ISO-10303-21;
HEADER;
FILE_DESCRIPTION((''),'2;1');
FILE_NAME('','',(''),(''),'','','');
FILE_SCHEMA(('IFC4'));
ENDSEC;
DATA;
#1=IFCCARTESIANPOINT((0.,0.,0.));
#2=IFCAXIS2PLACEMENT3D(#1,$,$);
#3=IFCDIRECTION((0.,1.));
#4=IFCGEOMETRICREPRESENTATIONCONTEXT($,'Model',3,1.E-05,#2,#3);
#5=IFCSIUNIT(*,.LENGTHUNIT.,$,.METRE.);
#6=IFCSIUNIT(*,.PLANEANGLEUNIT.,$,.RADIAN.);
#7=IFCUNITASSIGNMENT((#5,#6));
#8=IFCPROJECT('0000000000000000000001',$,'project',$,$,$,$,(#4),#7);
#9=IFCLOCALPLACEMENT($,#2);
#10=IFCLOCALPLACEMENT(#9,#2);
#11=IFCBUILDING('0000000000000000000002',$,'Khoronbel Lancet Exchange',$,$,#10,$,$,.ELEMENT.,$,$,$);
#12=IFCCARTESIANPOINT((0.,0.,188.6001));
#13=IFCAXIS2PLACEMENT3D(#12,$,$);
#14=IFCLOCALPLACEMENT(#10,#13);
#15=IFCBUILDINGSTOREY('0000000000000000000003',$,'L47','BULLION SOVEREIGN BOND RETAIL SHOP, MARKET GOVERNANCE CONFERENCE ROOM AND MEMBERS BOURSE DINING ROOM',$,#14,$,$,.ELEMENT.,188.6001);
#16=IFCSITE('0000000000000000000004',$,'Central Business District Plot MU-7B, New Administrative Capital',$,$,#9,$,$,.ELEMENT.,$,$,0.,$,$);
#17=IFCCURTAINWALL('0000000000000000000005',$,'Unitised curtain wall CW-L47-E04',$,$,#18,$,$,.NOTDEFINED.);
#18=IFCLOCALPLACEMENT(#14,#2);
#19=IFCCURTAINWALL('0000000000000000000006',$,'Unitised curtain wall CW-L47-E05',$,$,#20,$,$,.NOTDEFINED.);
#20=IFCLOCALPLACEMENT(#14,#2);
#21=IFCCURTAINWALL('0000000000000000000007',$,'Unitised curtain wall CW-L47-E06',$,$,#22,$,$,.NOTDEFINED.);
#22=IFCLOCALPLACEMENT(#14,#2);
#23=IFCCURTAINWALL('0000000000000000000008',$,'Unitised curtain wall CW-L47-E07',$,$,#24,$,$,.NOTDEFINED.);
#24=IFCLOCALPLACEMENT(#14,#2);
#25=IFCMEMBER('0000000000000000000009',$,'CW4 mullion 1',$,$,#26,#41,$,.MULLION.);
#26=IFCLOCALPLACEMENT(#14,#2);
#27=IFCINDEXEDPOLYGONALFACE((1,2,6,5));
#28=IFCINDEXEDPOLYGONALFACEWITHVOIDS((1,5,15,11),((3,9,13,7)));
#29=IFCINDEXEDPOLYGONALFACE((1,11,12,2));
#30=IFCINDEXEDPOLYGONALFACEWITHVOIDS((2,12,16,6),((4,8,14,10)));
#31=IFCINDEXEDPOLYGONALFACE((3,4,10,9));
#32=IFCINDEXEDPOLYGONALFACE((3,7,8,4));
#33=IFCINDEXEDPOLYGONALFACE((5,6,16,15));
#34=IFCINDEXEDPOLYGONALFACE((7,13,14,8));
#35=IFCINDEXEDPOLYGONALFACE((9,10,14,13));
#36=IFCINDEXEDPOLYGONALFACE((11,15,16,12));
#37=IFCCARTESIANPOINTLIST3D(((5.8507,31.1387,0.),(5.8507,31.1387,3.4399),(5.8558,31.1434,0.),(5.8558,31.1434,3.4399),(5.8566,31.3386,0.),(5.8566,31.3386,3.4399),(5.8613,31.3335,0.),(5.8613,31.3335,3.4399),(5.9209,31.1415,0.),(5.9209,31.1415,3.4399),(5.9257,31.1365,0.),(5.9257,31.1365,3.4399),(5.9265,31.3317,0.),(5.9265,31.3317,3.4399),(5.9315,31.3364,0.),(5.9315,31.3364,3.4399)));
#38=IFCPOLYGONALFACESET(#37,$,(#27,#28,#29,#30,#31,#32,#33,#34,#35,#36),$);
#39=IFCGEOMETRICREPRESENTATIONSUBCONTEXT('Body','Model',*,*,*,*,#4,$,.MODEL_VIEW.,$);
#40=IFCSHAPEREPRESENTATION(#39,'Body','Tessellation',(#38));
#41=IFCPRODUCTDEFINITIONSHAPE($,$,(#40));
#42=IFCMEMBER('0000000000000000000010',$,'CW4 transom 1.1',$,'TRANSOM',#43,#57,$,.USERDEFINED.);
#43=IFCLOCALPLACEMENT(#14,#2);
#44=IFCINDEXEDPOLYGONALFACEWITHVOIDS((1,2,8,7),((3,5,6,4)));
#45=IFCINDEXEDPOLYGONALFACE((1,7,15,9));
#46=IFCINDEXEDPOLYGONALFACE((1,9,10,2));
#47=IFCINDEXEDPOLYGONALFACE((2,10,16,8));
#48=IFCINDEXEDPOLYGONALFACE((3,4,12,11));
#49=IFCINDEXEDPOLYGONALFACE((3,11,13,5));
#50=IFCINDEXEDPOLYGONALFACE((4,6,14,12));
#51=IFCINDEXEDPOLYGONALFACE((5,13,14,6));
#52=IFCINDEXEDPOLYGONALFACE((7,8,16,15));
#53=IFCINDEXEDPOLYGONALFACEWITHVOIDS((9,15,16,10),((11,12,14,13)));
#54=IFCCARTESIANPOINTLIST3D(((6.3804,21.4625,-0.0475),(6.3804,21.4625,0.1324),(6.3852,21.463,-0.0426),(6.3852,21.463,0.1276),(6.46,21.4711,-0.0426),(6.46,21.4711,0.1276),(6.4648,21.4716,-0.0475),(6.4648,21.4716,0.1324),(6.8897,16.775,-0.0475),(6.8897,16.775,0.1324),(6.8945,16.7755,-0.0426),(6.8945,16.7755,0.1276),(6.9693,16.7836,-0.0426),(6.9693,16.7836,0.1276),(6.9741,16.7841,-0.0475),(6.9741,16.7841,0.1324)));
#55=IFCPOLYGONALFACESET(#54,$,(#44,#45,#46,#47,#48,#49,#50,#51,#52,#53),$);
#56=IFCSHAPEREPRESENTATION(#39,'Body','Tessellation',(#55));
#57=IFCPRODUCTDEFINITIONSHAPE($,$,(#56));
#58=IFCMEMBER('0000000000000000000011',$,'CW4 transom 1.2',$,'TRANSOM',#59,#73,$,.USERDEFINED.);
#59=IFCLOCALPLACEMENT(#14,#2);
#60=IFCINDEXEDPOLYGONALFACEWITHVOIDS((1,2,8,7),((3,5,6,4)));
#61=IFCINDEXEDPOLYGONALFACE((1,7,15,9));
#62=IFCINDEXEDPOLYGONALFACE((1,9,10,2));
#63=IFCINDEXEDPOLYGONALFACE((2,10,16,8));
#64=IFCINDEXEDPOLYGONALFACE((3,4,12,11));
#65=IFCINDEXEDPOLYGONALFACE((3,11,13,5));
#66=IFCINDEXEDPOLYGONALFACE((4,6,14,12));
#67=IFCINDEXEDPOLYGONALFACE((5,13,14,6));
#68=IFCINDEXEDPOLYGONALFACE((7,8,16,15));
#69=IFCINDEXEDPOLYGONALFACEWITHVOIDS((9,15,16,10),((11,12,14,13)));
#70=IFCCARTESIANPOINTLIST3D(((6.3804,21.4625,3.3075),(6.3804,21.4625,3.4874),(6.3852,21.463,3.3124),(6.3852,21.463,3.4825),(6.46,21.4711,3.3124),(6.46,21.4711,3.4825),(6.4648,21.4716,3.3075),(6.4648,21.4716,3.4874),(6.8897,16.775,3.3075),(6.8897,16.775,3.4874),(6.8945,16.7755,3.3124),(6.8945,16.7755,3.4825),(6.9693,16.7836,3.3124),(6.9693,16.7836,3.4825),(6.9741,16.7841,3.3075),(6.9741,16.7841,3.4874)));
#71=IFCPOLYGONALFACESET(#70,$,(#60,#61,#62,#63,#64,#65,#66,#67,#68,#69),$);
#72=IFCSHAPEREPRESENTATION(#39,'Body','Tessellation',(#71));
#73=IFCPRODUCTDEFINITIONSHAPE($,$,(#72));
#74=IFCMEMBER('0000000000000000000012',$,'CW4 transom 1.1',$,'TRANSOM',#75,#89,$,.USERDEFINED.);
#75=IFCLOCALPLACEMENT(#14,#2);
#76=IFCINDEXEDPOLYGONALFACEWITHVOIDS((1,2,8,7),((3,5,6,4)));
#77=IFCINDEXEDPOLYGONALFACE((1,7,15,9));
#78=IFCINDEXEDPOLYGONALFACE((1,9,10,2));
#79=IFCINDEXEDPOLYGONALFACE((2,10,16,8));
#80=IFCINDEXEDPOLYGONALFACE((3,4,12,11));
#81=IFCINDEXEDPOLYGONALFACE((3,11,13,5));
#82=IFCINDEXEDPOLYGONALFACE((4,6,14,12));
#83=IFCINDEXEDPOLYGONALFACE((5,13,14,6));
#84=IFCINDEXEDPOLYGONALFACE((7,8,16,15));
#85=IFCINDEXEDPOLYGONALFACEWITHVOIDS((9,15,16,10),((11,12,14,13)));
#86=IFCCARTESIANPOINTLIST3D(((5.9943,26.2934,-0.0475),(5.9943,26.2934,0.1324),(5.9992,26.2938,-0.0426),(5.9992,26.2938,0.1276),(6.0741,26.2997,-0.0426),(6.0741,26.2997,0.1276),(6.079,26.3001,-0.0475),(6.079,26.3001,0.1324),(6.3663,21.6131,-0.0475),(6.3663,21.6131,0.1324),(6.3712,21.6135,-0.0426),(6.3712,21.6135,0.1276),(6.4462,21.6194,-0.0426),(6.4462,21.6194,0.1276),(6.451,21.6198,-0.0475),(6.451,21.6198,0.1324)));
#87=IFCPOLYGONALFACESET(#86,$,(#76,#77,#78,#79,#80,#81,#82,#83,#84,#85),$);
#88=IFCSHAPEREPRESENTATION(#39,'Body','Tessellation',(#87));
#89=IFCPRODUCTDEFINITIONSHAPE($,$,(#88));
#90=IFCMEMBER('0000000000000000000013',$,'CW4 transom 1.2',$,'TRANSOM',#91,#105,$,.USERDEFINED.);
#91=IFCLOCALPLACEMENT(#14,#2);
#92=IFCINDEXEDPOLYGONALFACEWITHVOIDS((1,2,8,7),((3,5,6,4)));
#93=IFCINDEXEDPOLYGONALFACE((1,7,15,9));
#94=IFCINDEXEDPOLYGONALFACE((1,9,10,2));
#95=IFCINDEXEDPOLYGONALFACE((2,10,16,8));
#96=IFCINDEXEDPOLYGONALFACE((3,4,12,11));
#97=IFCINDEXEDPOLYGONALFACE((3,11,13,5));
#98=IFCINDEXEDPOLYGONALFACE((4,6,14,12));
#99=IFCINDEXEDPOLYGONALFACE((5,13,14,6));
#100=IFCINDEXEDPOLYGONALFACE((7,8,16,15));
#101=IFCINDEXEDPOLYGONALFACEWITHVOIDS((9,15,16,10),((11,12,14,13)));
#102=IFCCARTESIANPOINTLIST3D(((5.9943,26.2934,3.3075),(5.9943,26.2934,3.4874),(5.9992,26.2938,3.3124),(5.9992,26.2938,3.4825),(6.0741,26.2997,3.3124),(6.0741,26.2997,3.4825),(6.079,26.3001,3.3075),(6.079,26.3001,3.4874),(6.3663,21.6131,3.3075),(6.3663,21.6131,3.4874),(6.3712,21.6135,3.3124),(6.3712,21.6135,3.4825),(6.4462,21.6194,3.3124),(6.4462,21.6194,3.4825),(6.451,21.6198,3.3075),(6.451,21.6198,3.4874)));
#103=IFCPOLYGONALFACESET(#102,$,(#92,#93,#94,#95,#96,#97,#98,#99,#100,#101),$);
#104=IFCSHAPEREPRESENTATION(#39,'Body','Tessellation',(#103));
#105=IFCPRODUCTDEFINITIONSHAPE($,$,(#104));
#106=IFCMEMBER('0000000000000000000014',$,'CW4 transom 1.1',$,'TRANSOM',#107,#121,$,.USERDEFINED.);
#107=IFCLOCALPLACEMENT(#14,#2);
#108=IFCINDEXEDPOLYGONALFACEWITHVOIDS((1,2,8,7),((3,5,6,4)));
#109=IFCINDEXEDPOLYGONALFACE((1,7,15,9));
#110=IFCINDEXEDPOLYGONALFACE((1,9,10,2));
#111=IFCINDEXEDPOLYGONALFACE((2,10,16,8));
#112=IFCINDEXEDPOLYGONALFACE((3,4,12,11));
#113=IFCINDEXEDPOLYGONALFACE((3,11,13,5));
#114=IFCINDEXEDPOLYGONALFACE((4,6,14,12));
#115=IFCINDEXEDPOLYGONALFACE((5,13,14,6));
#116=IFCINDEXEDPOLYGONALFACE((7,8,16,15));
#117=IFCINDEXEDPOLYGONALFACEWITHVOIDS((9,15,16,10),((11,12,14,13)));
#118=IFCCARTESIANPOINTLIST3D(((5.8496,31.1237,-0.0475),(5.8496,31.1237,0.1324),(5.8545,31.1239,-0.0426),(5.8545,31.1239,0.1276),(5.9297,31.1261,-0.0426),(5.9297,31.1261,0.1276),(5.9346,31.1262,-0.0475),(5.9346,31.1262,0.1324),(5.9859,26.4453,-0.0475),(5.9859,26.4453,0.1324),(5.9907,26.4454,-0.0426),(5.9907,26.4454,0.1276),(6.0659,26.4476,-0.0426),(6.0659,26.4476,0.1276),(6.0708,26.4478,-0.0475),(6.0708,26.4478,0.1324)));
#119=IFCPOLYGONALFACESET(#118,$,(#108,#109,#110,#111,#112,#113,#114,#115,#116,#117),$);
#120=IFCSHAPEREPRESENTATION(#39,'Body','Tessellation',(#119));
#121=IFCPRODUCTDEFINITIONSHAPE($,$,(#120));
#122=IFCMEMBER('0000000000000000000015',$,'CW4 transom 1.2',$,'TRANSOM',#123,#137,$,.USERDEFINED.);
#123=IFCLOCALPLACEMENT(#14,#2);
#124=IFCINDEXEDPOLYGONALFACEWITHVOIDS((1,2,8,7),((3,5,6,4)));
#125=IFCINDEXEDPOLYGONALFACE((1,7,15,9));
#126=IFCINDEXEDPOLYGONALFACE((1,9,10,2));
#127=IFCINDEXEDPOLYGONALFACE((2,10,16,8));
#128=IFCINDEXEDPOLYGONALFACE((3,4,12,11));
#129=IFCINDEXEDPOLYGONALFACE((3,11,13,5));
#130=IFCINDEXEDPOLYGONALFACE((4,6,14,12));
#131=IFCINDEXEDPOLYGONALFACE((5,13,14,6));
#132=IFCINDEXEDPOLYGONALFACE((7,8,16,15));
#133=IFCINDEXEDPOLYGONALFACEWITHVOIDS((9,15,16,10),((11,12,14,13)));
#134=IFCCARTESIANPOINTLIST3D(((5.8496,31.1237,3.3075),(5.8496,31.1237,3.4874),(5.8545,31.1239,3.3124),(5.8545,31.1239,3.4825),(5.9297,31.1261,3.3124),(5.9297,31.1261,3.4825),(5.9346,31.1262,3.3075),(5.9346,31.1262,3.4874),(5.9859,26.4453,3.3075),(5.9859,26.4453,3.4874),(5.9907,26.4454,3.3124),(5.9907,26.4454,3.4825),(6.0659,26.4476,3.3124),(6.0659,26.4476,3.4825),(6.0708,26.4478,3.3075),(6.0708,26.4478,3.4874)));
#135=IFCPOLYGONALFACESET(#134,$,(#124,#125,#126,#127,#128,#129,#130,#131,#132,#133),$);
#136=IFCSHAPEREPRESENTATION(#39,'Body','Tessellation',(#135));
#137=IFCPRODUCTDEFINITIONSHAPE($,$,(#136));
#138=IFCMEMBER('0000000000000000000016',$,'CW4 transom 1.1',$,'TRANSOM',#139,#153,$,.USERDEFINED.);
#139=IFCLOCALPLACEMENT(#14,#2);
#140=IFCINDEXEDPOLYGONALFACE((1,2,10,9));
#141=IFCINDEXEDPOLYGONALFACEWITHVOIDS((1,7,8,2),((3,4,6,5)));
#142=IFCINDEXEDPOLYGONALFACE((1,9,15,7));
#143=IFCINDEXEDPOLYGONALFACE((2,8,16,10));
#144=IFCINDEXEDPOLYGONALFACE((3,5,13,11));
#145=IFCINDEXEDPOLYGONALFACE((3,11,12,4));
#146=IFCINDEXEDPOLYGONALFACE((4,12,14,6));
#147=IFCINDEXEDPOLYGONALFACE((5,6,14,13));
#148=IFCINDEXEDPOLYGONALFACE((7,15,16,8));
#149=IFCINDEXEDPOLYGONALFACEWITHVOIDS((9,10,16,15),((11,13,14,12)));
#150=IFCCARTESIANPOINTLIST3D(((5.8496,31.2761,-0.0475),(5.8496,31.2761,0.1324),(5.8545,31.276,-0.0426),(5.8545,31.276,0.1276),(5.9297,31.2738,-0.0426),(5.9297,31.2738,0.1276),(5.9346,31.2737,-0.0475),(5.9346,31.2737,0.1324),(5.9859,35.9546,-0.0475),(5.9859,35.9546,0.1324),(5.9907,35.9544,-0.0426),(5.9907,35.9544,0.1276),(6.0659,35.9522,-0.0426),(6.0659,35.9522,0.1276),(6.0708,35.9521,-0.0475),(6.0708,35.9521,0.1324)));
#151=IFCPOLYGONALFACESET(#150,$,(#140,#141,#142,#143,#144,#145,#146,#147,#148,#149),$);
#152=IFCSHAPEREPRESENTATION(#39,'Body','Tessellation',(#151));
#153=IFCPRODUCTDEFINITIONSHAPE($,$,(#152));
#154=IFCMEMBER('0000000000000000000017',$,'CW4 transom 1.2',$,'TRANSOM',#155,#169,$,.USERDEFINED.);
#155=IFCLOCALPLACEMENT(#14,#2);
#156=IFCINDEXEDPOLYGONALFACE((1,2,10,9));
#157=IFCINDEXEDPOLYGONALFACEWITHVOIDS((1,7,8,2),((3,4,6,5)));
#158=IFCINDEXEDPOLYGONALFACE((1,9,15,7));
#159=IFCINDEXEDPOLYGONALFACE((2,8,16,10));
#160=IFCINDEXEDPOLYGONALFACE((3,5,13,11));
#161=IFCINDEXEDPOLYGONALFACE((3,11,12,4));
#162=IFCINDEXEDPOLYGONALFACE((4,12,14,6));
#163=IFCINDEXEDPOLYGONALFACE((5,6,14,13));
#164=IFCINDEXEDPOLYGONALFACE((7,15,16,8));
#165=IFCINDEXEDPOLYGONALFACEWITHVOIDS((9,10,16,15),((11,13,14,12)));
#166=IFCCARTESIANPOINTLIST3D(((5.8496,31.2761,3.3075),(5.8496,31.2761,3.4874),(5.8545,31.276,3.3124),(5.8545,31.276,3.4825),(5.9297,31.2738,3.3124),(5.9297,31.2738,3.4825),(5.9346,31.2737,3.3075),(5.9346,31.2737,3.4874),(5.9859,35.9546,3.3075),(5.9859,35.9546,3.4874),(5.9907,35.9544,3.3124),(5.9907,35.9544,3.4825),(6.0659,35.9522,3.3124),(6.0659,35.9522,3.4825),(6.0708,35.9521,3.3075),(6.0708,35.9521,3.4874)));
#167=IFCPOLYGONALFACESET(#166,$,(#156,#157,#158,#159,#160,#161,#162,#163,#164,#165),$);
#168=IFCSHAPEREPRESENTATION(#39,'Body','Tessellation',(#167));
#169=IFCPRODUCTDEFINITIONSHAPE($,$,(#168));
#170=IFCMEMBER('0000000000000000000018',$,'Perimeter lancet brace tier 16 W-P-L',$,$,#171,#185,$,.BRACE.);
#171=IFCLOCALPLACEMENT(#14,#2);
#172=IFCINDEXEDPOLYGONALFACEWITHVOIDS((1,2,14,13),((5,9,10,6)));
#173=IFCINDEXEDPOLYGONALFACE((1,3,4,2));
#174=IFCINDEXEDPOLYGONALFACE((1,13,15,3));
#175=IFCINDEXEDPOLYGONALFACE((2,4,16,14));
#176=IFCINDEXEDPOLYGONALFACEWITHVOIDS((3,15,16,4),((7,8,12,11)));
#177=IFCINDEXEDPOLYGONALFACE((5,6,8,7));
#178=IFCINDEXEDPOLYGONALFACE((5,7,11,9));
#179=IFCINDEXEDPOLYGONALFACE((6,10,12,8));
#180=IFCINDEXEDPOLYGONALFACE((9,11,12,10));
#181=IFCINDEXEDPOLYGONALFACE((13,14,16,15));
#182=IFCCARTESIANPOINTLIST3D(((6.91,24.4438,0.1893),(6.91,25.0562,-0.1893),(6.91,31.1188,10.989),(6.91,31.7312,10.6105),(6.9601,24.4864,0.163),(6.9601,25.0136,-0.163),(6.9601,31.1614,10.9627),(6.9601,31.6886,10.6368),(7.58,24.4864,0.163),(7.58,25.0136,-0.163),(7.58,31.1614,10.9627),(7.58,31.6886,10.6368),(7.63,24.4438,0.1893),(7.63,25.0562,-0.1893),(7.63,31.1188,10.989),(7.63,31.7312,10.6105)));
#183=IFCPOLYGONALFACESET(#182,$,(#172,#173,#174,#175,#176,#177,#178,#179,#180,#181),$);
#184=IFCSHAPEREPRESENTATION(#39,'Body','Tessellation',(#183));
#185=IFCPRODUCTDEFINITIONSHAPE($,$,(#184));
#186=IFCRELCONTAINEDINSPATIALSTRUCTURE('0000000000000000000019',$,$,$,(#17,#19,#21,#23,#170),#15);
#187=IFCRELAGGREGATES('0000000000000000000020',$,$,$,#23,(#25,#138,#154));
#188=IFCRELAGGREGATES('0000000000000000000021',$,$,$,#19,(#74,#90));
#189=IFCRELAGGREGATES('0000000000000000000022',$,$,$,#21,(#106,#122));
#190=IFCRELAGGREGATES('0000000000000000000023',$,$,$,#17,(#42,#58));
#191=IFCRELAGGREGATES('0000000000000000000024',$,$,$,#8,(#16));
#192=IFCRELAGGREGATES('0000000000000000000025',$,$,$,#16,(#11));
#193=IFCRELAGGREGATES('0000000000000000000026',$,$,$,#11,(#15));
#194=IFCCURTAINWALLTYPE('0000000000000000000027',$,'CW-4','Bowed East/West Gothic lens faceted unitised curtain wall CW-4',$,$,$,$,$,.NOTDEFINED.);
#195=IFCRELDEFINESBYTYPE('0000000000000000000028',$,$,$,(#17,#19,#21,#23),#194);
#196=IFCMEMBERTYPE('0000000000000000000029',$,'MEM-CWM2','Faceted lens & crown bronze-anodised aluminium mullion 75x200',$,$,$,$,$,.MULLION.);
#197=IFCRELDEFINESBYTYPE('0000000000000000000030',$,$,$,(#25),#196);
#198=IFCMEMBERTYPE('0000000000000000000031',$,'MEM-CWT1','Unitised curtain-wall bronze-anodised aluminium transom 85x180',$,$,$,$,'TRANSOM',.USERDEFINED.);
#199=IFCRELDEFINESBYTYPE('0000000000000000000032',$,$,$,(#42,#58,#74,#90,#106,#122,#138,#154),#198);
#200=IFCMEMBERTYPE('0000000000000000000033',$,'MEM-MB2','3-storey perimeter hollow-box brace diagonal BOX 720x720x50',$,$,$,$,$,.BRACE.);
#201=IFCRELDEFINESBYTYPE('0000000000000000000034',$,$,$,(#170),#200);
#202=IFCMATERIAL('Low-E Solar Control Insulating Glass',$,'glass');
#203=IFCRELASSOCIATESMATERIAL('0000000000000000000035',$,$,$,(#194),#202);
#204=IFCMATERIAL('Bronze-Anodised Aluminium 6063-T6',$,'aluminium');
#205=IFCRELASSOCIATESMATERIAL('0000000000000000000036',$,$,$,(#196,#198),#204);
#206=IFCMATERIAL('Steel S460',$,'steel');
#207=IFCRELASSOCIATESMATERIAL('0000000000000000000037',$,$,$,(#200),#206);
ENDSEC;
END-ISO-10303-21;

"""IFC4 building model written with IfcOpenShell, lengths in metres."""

from ifc_helpers import new_model, si_unit, direction, frame, origin, origin_2d, place, context, subcontext, project, spatial, hollow_rectangle, extrude, material, material_profile, profile_set, type_object, element, aggregate, save


model = new_model("IFC4")

# Units and contexts
model_context = context("Model", 3, precision=1e-05, world=origin(), true_north=direction((0.0, 1.0)))
body_context = subcontext(model_context, "Body", "Model", "MODEL_VIEW")
ifc_project = project(units=[si_unit("LENGTHUNIT", "METRE"), si_unit("PLANEANGLEUNIT", "RADIAN")], contexts=[model_context])

# Site, building, storey
site_placement = place(None, origin())
site = spatial("IfcSite", under=ifc_project, at=site_placement, Name="Central Business District Plot MU-7B, New Administrative Capital", CompositionType="ELEMENT", RefElevation=0.0)
building_placement = place(site_placement, origin())
building = spatial("IfcBuilding", under=site, at=building_placement, Name="Khoronbel Lancet Exchange", CompositionType="ELEMENT")
storey_placement = place(building_placement, frame((0.0, 0.0, 188.6001)))
storey = spatial("IfcBuildingStorey", under=building, at=storey_placement, Name="L47", Description="BULLION SOVEREIGN BOND RETAIL SHOP, MARKET GOVERNANCE CONFERENCE ROOM AND MEMBERS BOURSE DINING ROOM", CompositionType="ELEMENT", Elevation=188.6001)

# Curtain walls
ifc_material_1 = material(Name="Low-E Solar Control Insulating Glass", Category="glass")
curtain_wall_type = type_object("IfcCurtainWallType", Name="CW-4", Description="Bowed East/West Gothic lens faceted unitised curtain wall CW-4", PredefinedType="NOTDEFINED", material=ifc_material_1)
curtain_wall_1_placement = place(storey_placement, origin())
curtain_wall_1 = element("IfcCurtainWall", 1, at=curtain_wall_1_placement, inside=storey, type_object=curtain_wall_type, Name="Unitised curtain wall CW-L47-E04", PredefinedType="NOTDEFINED")
ifc_material_2 = material(Name="Bronze-Anodised Aluminium 6063-T6", Category="aluminium")
ifc_material_profile_1 = material_profile(ifc_material_2, hollow_rectangle(XDim=0.075, YDim=0.2, WallThickness=0.0049, at=origin_2d()), Name="ALU MULLION 75x200")
ifc_profile_set_1 = profile_set([ifc_material_profile_1], Name="Bronze-Anodised Aluminium 6063-T6")
member_type_1 = type_object("IfcMemberType", Name="MEM-CWM2", Description="Faceted lens & crown bronze-anodised aluminium mullion 75x200", PredefinedType="MULLION", material=ifc_profile_set_1)
curtain_wall_2_placement = place(storey_placement, origin())
curtain_wall_2 = element("IfcCurtainWall", 2, at=curtain_wall_2_placement, inside=storey, type_object=curtain_wall_type, Name="Unitised curtain wall CW-L47-E05", PredefinedType="NOTDEFINED")
curtain_wall_3_placement = place(storey_placement, origin())
curtain_wall_3 = element("IfcCurtainWall", 3, at=curtain_wall_3_placement, inside=storey, type_object=curtain_wall_type, Name="Unitised curtain wall CW-L47-E06", PredefinedType="NOTDEFINED")

# Curtain wall, member
curtain_wall_4_placement = place(storey_placement, origin())
curtain_wall_4 = element("IfcCurtainWall", 4, at=curtain_wall_4_placement, inside=storey, type_object=curtain_wall_type, Name="Unitised curtain wall CW-L47-E07", PredefinedType="NOTDEFINED")
member_1_placement = place(storey_placement, frame((5.8911, 31.2375, 0.0), z_axis=(0.0, 0.0, 1.0), x_axis=(-0.999576, 0.029107, 0.0)))
member_1 = element("IfcMember", 5, at=member_1_placement, type_object=member_type_1, Name="CW4 mullion 1", PredefinedType="MULLION", context=body_context, shape_type="SweptSolid", body=[
    extrude(hollow_rectangle(XDim=0.075, YDim=0.2, WallThickness=0.0049, at=origin_2d()), origin(), (0.0, 0.0, 1.0), 3.4399),
])

# Members
ifc_material_profile_2 = material_profile(ifc_material_2, hollow_rectangle(XDim=0.085, YDim=0.1799, WallThickness=0.0049, at=origin_2d()), Name="ALU TRANSOM 85x180")
ifc_profile_set_2 = profile_set([ifc_material_profile_2], Name="Bronze-Anodised Aluminium 6063-T6")
member_type_2 = type_object("IfcMemberType", Name="MEM-CWT1", Description="Unitised curtain-wall bronze-anodised aluminium transom 85x180", ElementType="TRANSOM", PredefinedType="USERDEFINED", material=ifc_profile_set_2)
member_2_placement = place(storey_placement, frame((6.9319, 16.7795, 0.0425), z_axis=(-0.10801, 0.99415, 0.0), x_axis=(-0.99415, -0.10801, 0.0)))
member_2 = element("IfcMember", 6, at=member_2_placement, type_object=member_type_2, Name="CW4 transom 1.1", ObjectType="TRANSOM", PredefinedType="USERDEFINED", context=body_context, shape_type="SweptSolid", body=[
    extrude(hollow_rectangle(XDim=0.085, YDim=0.1799, WallThickness=0.0049, at=origin_2d()), origin(), (0.0, 0.0, 1.0), 4.7151),
])
member_3_placement = place(storey_placement, frame((6.9319, 16.7795, 3.3975), z_axis=(-0.10801, 0.99415, 0.0), x_axis=(-0.99415, -0.10801, 0.0)))
member_3 = element("IfcMember", 7, at=member_3_placement, type_object=member_type_2, Name="CW4 transom 1.2", ObjectType="TRANSOM", PredefinedType="USERDEFINED", context=body_context, shape_type="SweptSolid", body=[
    extrude(hollow_rectangle(XDim=0.085, YDim=0.1799, WallThickness=0.0049, at=origin_2d()), origin(), (0.0, 0.0, 1.0), 4.7151),
])
member_4_placement = place(storey_placement, frame((6.4087, 21.6165, 0.0425), z_axis=(-0.079245, 0.996855, 0.0), x_axis=(-0.996855, -0.079245, 0.0)))
member_4 = element("IfcMember", 8, at=member_4_placement, type_object=member_type_2, Name="CW4 transom 1.1", ObjectType="TRANSOM", PredefinedType="USERDEFINED", context=body_context, shape_type="SweptSolid", body=[
    extrude(hollow_rectangle(XDim=0.085, YDim=0.1799, WallThickness=0.0049, at=origin_2d()), origin(), (0.0, 0.0, 1.0), 4.6951),
])
member_5_placement = place(storey_placement, frame((6.4087, 21.6165, 3.3975), z_axis=(-0.079245, 0.996855, 0.0), x_axis=(-0.996855, -0.079245, 0.0)))
member_5 = element("IfcMember", 9, at=member_5_placement, type_object=member_type_2, Name="CW4 transom 1.2", ObjectType="TRANSOM", PredefinedType="USERDEFINED", context=body_context, shape_type="SweptSolid", body=[
    extrude(hollow_rectangle(XDim=0.085, YDim=0.1799, WallThickness=0.0049, at=origin_2d()), origin(), (0.0, 0.0, 1.0), 4.6951),
])
member_6_placement = place(storey_placement, frame((6.0283, 26.4465, 0.0425), z_axis=(-0.029106, 0.999576, 0.0), x_axis=(-0.999576, -0.029106, 0.0)))
member_6 = element("IfcMember", 10, at=member_6_placement, type_object=member_type_2, Name="CW4 transom 1.1", ObjectType="TRANSOM", PredefinedType="USERDEFINED", context=body_context, shape_type="SweptSolid", body=[
    extrude(hollow_rectangle(XDim=0.085, YDim=0.1799, WallThickness=0.0049, at=origin_2d()), origin(), (0.0, 0.0, 1.0), 4.6804),
])
member_7_placement = place(storey_placement, frame((6.0283, 26.4465, 3.3975), z_axis=(-0.029106, 0.999576, 0.0), x_axis=(-0.999576, -0.029106, 0.0)))
member_7 = element("IfcMember", 11, at=member_7_placement, type_object=member_type_2, Name="CW4 transom 1.2", ObjectType="TRANSOM", PredefinedType="USERDEFINED", context=body_context, shape_type="SweptSolid", body=[
    extrude(hollow_rectangle(XDim=0.085, YDim=0.1799, WallThickness=0.0049, at=origin_2d()), origin(), (0.0, 0.0, 1.0), 4.6804),
])
member_8_placement = place(storey_placement, frame((5.8921, 31.2749, 0.0425), z_axis=(0.029106, 0.999576, 0.0), x_axis=(-0.999576, 0.029106, 0.0)))
member_8 = element("IfcMember", 12, at=member_8_placement, type_object=member_type_2, Name="CW4 transom 1.1", ObjectType="TRANSOM", PredefinedType="USERDEFINED", context=body_context, shape_type="SweptSolid", body=[
    extrude(hollow_rectangle(XDim=0.085, YDim=0.1799, WallThickness=0.0049, at=origin_2d()), origin(), (0.0, 0.0, 1.0), 4.6804),
])
member_9_placement = place(storey_placement, frame((5.8921, 31.2749, 3.3975), z_axis=(0.029106, 0.999576, 0.0), x_axis=(-0.999576, 0.029106, 0.0)))
member_9 = element("IfcMember", 13, at=member_9_placement, type_object=member_type_2, Name="CW4 transom 1.2", ObjectType="TRANSOM", PredefinedType="USERDEFINED", context=body_context, shape_type="SweptSolid", body=[
    extrude(hollow_rectangle(XDim=0.085, YDim=0.1799, WallThickness=0.0049, at=origin_2d()), origin(), (0.0, 0.0, 1.0), 4.6804),
])
aggregate(curtain_wall_4, [member_1, member_8, member_9])
ifc_material_3 = material(Name="Steel S460", Category="steel")
ifc_material_profile_3 = material_profile(ifc_material_3, hollow_rectangle(XDim=0.72, YDim=0.72, WallThickness=0.05, at=origin_2d()), Name="BOX 720x720x50")
ifc_profile_set_3 = profile_set([ifc_material_profile_3], Name="Steel S460")
member_type_3 = type_object("IfcMemberType", Name="MEM-MB2", Description="3-storey perimeter hollow-box brace diagonal BOX 720x720x50", PredefinedType="BRACE", material=ifc_profile_set_3)
member_10_placement = place(storey_placement, frame((7.27, 24.75, 0.0), z_axis=(0.0, 0.525754, 0.850637), x_axis=(-1.0, 0.0, 0.0)))
element("IfcMember", 14, at=member_10_placement, inside=storey, type_object=member_type_3, Name="Perimeter lancet brace tier 16 W-P-L", PredefinedType="BRACE", context=body_context, shape_type="SweptSolid", body=[
    extrude(hollow_rectangle(XDim=0.72, YDim=0.72, WallThickness=0.05, at=origin_2d()), origin(), (0.0, 0.0, 1.0), 12.696),
])

aggregate(curtain_wall_2, [member_4, member_5])
aggregate(curtain_wall_3, [member_6, member_7])
aggregate(curtain_wall_1, [member_2, member_3])

save(model, "model.ifc")
